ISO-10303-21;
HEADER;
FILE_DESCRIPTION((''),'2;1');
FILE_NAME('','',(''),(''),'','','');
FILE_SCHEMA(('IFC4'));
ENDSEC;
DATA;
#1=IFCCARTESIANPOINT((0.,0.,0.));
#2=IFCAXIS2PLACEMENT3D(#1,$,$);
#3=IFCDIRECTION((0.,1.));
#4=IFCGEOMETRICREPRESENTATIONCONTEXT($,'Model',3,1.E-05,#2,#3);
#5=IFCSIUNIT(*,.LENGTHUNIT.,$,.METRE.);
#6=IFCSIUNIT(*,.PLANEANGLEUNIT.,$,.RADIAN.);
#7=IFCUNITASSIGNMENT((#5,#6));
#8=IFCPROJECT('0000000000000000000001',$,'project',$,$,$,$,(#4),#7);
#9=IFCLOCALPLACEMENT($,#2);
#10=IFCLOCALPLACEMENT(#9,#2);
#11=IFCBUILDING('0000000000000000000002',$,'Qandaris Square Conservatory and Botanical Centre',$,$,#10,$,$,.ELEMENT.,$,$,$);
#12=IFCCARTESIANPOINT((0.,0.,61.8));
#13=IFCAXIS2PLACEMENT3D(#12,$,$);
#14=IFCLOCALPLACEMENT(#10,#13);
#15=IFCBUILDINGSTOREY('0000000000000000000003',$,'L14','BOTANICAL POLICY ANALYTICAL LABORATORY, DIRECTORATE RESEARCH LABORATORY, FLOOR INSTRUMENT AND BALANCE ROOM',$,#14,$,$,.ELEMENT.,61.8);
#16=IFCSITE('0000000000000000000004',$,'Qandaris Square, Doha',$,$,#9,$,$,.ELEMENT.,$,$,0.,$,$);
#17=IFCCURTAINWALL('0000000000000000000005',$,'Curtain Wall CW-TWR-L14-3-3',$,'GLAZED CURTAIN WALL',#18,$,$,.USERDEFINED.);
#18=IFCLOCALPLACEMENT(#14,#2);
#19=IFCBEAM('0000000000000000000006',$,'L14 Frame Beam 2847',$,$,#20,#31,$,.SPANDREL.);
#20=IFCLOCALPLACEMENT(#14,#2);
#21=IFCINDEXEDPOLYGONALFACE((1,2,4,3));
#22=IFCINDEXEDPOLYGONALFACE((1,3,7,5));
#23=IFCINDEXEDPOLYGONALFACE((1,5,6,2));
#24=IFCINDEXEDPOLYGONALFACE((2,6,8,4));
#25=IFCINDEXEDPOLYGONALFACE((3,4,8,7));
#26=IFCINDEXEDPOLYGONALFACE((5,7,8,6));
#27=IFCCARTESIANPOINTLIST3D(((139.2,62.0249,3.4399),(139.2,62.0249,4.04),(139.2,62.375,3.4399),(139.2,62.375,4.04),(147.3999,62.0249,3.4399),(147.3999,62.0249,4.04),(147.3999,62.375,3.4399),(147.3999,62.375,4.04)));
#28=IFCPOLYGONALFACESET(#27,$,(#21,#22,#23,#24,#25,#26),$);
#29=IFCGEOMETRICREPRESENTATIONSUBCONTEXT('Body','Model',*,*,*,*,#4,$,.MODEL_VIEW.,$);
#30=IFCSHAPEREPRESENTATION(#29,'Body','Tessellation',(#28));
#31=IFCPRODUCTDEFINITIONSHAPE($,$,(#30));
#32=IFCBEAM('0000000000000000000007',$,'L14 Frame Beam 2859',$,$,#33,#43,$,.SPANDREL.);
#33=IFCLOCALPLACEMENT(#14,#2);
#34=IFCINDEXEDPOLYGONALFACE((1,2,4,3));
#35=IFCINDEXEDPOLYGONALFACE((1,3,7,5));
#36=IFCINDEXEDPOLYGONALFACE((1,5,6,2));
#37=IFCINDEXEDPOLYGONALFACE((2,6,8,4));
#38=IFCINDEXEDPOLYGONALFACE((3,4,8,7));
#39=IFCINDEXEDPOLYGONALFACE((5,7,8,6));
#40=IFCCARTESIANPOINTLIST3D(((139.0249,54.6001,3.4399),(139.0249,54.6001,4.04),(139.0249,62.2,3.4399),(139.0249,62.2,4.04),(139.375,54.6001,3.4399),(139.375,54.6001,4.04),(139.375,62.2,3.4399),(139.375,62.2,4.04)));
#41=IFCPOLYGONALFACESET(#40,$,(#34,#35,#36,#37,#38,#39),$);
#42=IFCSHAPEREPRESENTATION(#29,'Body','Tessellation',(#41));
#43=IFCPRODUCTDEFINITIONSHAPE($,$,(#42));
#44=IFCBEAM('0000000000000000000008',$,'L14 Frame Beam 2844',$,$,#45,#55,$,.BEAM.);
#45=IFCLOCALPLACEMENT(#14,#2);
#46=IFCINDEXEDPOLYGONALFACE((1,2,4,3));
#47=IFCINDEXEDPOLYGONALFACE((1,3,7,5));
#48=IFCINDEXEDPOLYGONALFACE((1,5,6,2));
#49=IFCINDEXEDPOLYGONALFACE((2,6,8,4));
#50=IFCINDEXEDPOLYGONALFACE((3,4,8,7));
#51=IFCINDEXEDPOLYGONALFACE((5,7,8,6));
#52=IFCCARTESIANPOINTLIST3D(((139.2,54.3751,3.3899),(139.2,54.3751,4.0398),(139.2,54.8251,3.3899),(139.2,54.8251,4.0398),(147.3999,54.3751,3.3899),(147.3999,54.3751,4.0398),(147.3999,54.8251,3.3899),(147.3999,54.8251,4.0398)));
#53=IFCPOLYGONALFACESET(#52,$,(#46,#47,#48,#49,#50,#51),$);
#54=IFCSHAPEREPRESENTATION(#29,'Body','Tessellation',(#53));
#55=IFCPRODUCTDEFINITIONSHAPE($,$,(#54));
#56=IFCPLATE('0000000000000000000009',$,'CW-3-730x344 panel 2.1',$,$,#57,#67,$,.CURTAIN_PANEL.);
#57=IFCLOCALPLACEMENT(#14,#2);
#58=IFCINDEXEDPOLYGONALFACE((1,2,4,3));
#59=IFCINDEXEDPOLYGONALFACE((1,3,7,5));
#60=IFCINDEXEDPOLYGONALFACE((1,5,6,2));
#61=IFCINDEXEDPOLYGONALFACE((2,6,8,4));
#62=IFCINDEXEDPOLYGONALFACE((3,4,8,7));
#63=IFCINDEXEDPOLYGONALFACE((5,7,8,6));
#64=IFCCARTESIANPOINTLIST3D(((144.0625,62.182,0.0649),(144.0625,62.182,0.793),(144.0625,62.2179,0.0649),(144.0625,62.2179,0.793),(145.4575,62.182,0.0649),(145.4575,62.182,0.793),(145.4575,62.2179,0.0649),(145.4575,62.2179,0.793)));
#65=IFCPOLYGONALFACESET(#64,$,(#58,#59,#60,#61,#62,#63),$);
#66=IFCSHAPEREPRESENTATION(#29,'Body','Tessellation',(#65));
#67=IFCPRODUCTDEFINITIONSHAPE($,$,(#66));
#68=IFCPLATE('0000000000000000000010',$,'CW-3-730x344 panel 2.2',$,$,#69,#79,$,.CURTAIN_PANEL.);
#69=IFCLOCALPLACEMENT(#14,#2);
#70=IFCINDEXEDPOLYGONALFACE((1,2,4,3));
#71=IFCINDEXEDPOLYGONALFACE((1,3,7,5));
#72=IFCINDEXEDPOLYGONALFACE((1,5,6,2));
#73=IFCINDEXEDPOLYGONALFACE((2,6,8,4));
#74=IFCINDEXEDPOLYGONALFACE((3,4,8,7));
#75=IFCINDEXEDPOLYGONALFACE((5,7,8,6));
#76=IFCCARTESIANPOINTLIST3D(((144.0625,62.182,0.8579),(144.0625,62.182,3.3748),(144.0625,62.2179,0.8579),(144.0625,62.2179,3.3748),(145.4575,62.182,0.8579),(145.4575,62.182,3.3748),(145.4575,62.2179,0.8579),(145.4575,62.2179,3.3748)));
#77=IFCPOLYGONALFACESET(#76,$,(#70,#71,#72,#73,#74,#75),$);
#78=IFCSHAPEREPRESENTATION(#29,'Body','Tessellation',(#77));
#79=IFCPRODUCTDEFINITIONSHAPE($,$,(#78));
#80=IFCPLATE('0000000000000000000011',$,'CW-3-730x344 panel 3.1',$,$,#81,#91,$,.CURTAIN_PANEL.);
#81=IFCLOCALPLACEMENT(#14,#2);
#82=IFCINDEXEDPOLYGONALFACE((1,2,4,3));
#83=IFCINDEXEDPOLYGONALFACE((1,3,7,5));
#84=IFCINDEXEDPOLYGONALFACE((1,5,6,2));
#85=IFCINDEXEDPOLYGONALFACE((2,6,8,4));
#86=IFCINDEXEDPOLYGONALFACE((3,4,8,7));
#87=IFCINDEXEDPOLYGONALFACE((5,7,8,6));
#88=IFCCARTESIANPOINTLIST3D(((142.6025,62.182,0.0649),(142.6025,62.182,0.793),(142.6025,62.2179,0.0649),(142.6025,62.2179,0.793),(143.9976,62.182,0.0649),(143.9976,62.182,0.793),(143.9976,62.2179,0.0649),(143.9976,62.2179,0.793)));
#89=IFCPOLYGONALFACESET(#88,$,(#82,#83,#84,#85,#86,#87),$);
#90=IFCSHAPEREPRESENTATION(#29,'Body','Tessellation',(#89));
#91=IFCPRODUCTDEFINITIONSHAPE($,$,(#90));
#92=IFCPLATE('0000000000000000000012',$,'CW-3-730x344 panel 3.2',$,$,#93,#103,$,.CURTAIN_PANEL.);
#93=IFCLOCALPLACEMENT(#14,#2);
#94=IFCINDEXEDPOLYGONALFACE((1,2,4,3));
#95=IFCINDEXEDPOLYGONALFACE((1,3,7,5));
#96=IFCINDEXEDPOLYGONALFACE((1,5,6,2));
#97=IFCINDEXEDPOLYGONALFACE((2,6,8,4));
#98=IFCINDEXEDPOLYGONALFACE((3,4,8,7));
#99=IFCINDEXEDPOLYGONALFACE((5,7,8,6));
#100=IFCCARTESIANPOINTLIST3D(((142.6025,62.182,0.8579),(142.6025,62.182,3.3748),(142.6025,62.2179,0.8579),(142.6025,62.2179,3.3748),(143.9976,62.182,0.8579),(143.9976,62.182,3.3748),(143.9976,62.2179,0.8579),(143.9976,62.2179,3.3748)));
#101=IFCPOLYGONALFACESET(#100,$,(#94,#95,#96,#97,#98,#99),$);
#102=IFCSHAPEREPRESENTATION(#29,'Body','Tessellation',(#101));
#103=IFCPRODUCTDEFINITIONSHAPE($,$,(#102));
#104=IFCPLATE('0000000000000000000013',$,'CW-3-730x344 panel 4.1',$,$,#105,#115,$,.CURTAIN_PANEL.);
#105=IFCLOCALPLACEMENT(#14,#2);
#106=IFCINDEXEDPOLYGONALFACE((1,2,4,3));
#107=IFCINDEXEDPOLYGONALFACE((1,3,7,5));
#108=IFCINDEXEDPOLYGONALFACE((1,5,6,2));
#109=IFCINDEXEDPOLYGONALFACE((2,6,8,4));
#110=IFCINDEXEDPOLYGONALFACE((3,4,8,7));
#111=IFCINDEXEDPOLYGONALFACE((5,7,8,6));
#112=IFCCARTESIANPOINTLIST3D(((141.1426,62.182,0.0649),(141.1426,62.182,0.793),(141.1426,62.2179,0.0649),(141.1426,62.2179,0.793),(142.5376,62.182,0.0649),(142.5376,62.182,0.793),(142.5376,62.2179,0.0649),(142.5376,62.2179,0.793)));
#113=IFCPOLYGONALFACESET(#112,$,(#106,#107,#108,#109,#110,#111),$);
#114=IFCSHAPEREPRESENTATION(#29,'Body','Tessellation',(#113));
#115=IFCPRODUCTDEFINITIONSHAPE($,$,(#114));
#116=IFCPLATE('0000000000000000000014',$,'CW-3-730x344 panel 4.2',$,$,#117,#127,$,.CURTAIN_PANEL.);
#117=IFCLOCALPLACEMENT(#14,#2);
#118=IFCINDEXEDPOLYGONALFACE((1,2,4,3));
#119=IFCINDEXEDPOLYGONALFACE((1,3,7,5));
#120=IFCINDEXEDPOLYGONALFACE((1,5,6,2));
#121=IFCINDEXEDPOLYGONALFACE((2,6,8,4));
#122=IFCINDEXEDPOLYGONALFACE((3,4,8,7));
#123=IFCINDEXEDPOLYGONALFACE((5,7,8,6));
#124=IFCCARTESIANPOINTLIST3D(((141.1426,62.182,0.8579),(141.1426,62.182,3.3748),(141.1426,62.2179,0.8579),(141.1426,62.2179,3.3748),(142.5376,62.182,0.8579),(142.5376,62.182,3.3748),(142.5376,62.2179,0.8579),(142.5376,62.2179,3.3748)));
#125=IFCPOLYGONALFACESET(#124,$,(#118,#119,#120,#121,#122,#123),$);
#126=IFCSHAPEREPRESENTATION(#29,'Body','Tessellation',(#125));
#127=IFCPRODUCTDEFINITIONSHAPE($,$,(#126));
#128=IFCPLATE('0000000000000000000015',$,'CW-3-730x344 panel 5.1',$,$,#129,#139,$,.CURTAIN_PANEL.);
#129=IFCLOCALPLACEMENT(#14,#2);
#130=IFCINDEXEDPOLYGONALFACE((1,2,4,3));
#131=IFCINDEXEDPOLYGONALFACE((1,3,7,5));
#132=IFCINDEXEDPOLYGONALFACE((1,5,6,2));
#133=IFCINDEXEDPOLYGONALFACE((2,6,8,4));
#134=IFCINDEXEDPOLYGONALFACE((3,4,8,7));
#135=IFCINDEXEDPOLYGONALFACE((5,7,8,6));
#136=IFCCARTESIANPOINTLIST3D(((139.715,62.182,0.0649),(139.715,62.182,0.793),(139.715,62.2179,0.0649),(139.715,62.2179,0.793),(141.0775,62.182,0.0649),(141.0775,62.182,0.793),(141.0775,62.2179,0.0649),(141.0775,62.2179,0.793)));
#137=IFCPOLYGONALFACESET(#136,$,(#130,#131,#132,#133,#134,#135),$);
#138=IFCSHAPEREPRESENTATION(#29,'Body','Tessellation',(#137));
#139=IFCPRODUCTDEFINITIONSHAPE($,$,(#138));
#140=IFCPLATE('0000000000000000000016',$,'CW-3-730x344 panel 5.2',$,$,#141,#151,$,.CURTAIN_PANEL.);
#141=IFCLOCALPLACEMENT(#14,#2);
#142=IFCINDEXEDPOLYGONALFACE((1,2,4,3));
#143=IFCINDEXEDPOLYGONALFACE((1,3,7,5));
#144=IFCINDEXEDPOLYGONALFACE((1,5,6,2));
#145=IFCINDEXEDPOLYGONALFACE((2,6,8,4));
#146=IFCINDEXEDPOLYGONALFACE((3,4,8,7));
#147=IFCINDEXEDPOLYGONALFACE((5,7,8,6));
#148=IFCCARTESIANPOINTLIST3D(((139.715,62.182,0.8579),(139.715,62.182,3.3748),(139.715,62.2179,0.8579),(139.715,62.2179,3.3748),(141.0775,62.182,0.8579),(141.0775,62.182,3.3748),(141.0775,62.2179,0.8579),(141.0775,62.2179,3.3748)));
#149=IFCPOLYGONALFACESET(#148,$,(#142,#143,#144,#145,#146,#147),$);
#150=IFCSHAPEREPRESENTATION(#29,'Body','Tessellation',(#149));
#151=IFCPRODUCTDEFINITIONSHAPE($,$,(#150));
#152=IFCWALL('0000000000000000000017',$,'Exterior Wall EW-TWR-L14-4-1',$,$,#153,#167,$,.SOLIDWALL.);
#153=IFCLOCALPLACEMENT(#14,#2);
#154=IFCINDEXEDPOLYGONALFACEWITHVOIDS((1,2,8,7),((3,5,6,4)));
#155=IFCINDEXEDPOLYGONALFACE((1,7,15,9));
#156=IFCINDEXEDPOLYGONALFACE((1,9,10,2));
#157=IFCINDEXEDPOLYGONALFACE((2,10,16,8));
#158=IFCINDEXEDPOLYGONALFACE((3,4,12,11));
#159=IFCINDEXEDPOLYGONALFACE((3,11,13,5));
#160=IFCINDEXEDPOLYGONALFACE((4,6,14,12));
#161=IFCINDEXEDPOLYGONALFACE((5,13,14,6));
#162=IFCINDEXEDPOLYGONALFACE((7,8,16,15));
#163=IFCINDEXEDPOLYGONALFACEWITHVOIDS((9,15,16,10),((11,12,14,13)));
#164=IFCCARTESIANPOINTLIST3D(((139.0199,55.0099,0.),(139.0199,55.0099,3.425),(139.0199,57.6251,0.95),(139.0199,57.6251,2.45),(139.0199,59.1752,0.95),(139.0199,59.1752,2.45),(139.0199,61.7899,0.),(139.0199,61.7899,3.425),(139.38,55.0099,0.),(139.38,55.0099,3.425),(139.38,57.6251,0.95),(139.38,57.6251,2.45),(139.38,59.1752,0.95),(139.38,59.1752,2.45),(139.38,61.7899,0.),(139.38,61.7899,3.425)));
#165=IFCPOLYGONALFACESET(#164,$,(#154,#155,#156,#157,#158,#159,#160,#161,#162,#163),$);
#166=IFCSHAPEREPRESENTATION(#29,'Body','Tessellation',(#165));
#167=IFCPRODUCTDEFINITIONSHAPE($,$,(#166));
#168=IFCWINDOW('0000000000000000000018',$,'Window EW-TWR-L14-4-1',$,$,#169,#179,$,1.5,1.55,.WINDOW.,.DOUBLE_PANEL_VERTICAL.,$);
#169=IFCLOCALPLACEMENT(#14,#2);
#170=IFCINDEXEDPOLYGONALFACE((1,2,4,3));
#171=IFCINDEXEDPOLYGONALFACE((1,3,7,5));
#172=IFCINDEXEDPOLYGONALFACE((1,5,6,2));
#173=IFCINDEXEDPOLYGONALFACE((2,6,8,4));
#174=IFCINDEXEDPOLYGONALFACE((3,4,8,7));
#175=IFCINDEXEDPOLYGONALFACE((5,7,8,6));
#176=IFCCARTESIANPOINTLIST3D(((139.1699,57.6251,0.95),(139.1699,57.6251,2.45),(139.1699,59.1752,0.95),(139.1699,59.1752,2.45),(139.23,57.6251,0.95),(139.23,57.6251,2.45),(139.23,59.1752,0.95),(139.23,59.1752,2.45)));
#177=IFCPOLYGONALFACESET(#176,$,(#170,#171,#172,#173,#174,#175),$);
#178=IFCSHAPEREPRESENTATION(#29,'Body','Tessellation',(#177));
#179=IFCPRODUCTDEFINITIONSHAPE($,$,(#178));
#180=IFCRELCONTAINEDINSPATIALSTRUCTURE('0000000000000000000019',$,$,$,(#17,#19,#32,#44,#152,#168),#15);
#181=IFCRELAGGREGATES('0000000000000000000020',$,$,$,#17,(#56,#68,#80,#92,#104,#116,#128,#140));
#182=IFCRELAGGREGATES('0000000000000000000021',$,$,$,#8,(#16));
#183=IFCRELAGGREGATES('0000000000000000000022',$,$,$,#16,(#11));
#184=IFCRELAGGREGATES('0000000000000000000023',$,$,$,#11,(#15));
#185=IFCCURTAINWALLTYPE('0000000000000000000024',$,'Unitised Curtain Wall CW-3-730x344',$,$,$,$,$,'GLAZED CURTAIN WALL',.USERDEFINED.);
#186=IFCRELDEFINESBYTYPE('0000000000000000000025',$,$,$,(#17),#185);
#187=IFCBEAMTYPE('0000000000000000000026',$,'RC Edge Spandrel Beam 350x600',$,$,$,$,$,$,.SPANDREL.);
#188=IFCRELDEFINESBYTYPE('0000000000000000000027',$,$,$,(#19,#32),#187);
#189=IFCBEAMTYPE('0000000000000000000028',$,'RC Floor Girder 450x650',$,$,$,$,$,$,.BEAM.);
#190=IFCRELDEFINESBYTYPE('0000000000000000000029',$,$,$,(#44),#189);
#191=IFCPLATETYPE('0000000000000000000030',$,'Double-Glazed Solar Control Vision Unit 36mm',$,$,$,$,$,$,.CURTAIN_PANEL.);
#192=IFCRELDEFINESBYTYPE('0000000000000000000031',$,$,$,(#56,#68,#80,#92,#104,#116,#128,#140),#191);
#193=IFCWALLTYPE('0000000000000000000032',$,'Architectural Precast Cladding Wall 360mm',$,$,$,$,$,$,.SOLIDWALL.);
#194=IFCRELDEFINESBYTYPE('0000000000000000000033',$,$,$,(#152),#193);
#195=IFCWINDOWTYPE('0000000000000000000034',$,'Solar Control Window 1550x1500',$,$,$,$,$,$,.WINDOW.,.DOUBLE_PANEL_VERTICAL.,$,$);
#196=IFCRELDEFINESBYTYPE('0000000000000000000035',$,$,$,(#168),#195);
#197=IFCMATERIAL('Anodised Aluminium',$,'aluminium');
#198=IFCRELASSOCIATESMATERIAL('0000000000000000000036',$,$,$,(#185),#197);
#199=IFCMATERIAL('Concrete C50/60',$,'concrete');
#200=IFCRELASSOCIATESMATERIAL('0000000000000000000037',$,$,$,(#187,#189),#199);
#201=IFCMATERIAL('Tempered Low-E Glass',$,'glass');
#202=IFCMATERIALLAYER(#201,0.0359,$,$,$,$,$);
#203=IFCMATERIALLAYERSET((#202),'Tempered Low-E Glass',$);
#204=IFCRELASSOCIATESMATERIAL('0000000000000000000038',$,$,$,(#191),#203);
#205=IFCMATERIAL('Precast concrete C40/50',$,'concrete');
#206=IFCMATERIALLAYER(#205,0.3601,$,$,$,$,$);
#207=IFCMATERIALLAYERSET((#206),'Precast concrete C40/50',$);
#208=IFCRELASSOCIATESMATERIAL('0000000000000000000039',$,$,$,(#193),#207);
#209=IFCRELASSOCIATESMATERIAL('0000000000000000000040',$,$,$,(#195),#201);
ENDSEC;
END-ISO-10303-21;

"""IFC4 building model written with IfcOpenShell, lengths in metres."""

from ifc_helpers import new_model, si_unit, direction, frame, frame_2d, origin, origin_2d, place, context, subcontext, project, spatial, rectangle, extrude, material, layer, layer_set, material_profile, profile_set, type_object, element, fill, aggregate, save


model = new_model("IFC4")

# Units and contexts
model_context = context("Model", 3, precision=1e-05, world=origin(), true_north=direction((0.0, 1.0)))
body_context = subcontext(model_context, "Body", "Model", "MODEL_VIEW")
ifc_project = project(units=[si_unit("LENGTHUNIT", "METRE"), si_unit("PLANEANGLEUNIT", "RADIAN")], contexts=[model_context])

# Site, building, storey
site_placement = place(None, origin())
site = spatial("IfcSite", under=ifc_project, at=site_placement, Name="Qandaris Square, Doha", CompositionType="ELEMENT", RefElevation=0.0)
building_placement = place(site_placement, origin())
building = spatial("IfcBuilding", under=site, at=building_placement, Name="Qandaris Square Conservatory and Botanical Centre", CompositionType="ELEMENT")
storey_placement = place(building_placement, frame((0.0, 0.0, 61.8)))
storey = spatial("IfcBuildingStorey", under=building, at=storey_placement, Name="L14", Description="BOTANICAL POLICY ANALYTICAL LABORATORY, DIRECTORATE RESEARCH LABORATORY, FLOOR INSTRUMENT AND BALANCE ROOM", CompositionType="ELEMENT", Elevation=61.8)

# Curtain wall
ifc_material_1 = material(Name="Anodised Aluminium", Category="aluminium")
curtain_wall_type_1 = type_object("IfcCurtainWallType", Name="Unitised Curtain Wall CW-3-730x344", ElementType="GLAZED CURTAIN WALL", PredefinedType="USERDEFINED", material=ifc_material_1)
curtain_wall_1_placement = place(storey_placement, origin())
curtain_wall_1 = element("IfcCurtainWall", 1, at=curtain_wall_1_placement, inside=storey, type_object=curtain_wall_type_1, Name="Curtain Wall CW-TWR-L14-3-3", ObjectType="GLAZED CURTAIN WALL", PredefinedType="USERDEFINED")

# Beams
ifc_material_2 = material(Name="Concrete C50/60", Category="concrete")
ifc_material_profile_1 = material_profile(ifc_material_2, rectangle(XDim=0.3501, YDim=0.6001, at=origin_2d()), Name="RC-SP 350x600")
ifc_profile_set_1 = profile_set([ifc_material_profile_1], Name="Concrete C50/60")
beam_type_1 = type_object("IfcBeamType", Name="RC Edge Spandrel Beam 350x600", PredefinedType="SPANDREL", material=ifc_profile_set_1)
beam_1_placement = place(storey_placement, frame((139.2, 62.2, 3.74), z_axis=(1.0, 0.0, 0.0), x_axis=(0.0, 1.0, 0.0)))
element("IfcBeam", 2, at=beam_1_placement, inside=storey, type_object=beam_type_1, Name="L14 Frame Beam 2847", PredefinedType="SPANDREL", context=body_context, shape_type="SweptSolid", body=[
    extrude(rectangle(XDim=0.3501, YDim=0.6001, at=origin_2d()), origin(), (0.0, 0.0, 1.0), 8.2),
])
beam_2_placement = place(storey_placement, frame((139.2, 54.6001, 3.74), z_axis=(0.0, 1.0, 0.0), x_axis=(-1.0, 0.0, 0.0)))
element("IfcBeam", 3, at=beam_2_placement, inside=storey, type_object=beam_type_1, Name="L14 Frame Beam 2859", PredefinedType="SPANDREL", context=body_context, shape_type="SweptSolid", body=[
    extrude(rectangle(XDim=0.3501, YDim=0.6001, at=origin_2d()), origin(), (0.0, 0.0, 1.0), 7.5999),
])
ifc_material_profile_2 = material_profile(ifc_material_2, rectangle(XDim=0.45, YDim=0.6499, at=origin_2d()), Name="RC-BM 450x650")
ifc_profile_set_2 = profile_set([ifc_material_profile_2], Name="Concrete C50/60")
beam_type_2 = type_object("IfcBeamType", Name="RC Floor Girder 450x650", PredefinedType="BEAM", material=ifc_profile_set_2)
beam_3_placement = place(storey_placement, frame((139.2, 54.6001, 3.7148), z_axis=(1.0, 0.0, 0.0), x_axis=(0.0, 1.0, 0.0)))
element("IfcBeam", 4, at=beam_3_placement, inside=storey, type_object=beam_type_2, Name="L14 Frame Beam 2844", PredefinedType="BEAM", context=body_context, shape_type="SweptSolid", body=[
    extrude(rectangle(XDim=0.45, YDim=0.6499, at=origin_2d()), origin(), (0.0, 0.0, 1.0), 8.2),
])

# Plates
ifc_material_3 = material(Name="Tempered Low-E Glass", Category="glass")
ifc_layer_1 = layer(ifc_material_3, 0.0359)
ifc_layer_set_1 = layer_set([ifc_layer_1], Name="Tempered Low-E Glass")
plate_type = type_object("IfcPlateType", Name="Double-Glazed Solar Control Vision Unit 36mm", PredefinedType="CURTAIN_PANEL", material=ifc_layer_set_1)
plate_1_placement = place(storey_placement, frame((144.76, 62.2, 0.0649), z_axis=(0.0, 0.0, 1.0), x_axis=(-1.0, 0.0, 0.0)))
plate_1 = element("IfcPlate", 5, at=plate_1_placement, type_object=plate_type, Name="CW-3-730x344 panel 2.1", PredefinedType="CURTAIN_PANEL", context=body_context, shape_type="SweptSolid", body=[
    extrude(rectangle(XDim=1.395, YDim=0.0359, at=origin_2d()), origin(), (0.0, 0.0, 1.0), 0.728),
])
plate_2_placement = place(storey_placement, frame((144.76, 62.2, 0.8579), z_axis=(0.0, 0.0, 1.0), x_axis=(-1.0, 0.0, 0.0)))
plate_2 = element("IfcPlate", 6, at=plate_2_placement, type_object=plate_type, Name="CW-3-730x344 panel 2.2", PredefinedType="CURTAIN_PANEL", context=body_context, shape_type="SweptSolid", body=[
    extrude(rectangle(XDim=1.395, YDim=0.0359, at=origin_2d()), origin(), (0.0, 0.0, 1.0), 2.5168),
])
plate_3_placement = place(storey_placement, frame((143.3, 62.2, 0.0649), z_axis=(0.0, 0.0, 1.0), x_axis=(-1.0, 0.0, 0.0)))
plate_3 = element("IfcPlate", 7, at=plate_3_placement, type_object=plate_type, Name="CW-3-730x344 panel 3.1", PredefinedType="CURTAIN_PANEL", context=body_context, shape_type="SweptSolid", body=[
    extrude(rectangle(XDim=1.395, YDim=0.0359, at=origin_2d()), origin(), (0.0, 0.0, 1.0), 0.728),
])
plate_4_placement = place(storey_placement, frame((143.3, 62.2, 0.8579), z_axis=(0.0, 0.0, 1.0), x_axis=(-1.0, 0.0, 0.0)))
plate_4 = element("IfcPlate", 8, at=plate_4_placement, type_object=plate_type, Name="CW-3-730x344 panel 3.2", PredefinedType="CURTAIN_PANEL", context=body_context, shape_type="SweptSolid", body=[
    extrude(rectangle(XDim=1.395, YDim=0.0359, at=origin_2d()), origin(), (0.0, 0.0, 1.0), 2.5168),
])
plate_5_placement = place(storey_placement, frame((141.8401, 62.2, 0.0649), z_axis=(0.0, 0.0, 1.0), x_axis=(-1.0, 0.0, 0.0)))
plate_5 = element("IfcPlate", 9, at=plate_5_placement, type_object=plate_type, Name="CW-3-730x344 panel 4.1", PredefinedType="CURTAIN_PANEL", context=body_context, shape_type="SweptSolid", body=[
    extrude(rectangle(XDim=1.395, YDim=0.0359, at=origin_2d()), origin(), (0.0, 0.0, 1.0), 0.728),
])
plate_6_placement = place(storey_placement, frame((141.8401, 62.2, 0.8579), z_axis=(0.0, 0.0, 1.0), x_axis=(-1.0, 0.0, 0.0)))
plate_6 = element("IfcPlate", 10, at=plate_6_placement, type_object=plate_type, Name="CW-3-730x344 panel 4.2", PredefinedType="CURTAIN_PANEL", context=body_context, shape_type="SweptSolid", body=[
    extrude(rectangle(XDim=1.395, YDim=0.0359, at=origin_2d()), origin(), (0.0, 0.0, 1.0), 2.5168),
])
plate_7_placement = place(storey_placement, frame((140.3962, 62.2, 0.0649), z_axis=(0.0, 0.0, 1.0), x_axis=(-1.0, 0.0, 0.0)))
plate_7 = element("IfcPlate", 11, at=plate_7_placement, type_object=plate_type, Name="CW-3-730x344 panel 5.1", PredefinedType="CURTAIN_PANEL", context=body_context, shape_type="SweptSolid", body=[
    extrude(rectangle(XDim=1.3625, YDim=0.0359, at=origin_2d()), origin(), (0.0, 0.0, 1.0), 0.728),
])
plate_8_placement = place(storey_placement, frame((140.3962, 62.2, 0.8579), z_axis=(0.0, 0.0, 1.0), x_axis=(-1.0, 0.0, 0.0)))
plate_8 = element("IfcPlate", 12, at=plate_8_placement, type_object=plate_type, Name="CW-3-730x344 panel 5.2", PredefinedType="CURTAIN_PANEL", context=body_context, shape_type="SweptSolid", body=[
    extrude(rectangle(XDim=1.3625, YDim=0.0359, at=origin_2d()), origin(), (0.0, 0.0, 1.0), 2.5168),
])
aggregate(curtain_wall_1, [plate_1, plate_2, plate_3, plate_4, plate_5, plate_6, plate_7, plate_8])

# Wall, opening, window
ifc_material_4 = material(Name="Precast concrete C40/50", Category="concrete")
ifc_layer_2 = layer(ifc_material_4, 0.3601)
ifc_layer_set_2 = layer_set([ifc_layer_2], Name="Precast concrete C40/50")
wall_type_1 = type_object("IfcWallType", Name="Architectural Precast Cladding Wall 360mm", PredefinedType="SOLIDWALL", material=ifc_layer_set_2)
wall_1_placement = place(storey_placement, frame((139.2, 61.79, 0.0), z_axis=(0.0, 0.0, 1.0), x_axis=(0.0, -1.0, 0.0)))
wall_1 = element("IfcWall", 13, at=wall_1_placement, inside=storey, type_object=wall_type_1, Name="Exterior Wall EW-TWR-L14-4-1", PredefinedType="SOLIDWALL", context=body_context, shape_type="SweptSolid", body=[
    extrude(rectangle(XDim=6.78, YDim=0.3601, at=frame_2d((3.3901, 0.0))), origin(), (0.0, 0.0, 1.0), 3.425),
])
opening_placement = place(wall_1_placement, frame((2.615, 0.0, 0.95)))
opening = element("IfcOpeningElement", 14, at=opening_placement, cuts=wall_1, PredefinedType="OPENING", context=body_context, shape_type="SweptSolid", body=[
    extrude(rectangle(XDim=1.55, YDim=1.5, at=frame_2d((0.7749, 0.75))), frame((0.0, 0.1919, 0.0), z_axis=(0.0, -1.0, 0.0), x_axis=(1.0, 0.0, 0.0)), (0.0, 0.0, 1.0), 0.384),
])
window_type = type_object("IfcWindowType", Name="Solar Control Window 1550x1500", PartitioningType="DOUBLE_PANEL_VERTICAL", PredefinedType="WINDOW", material=ifc_material_3)
window_placement = place(opening_placement, origin())
window = element("IfcWindow", 15, at=window_placement, inside=storey, type_object=window_type, Name="Window EW-TWR-L14-4-1", OverallHeight=1.5, OverallWidth=1.55, PartitioningType="DOUBLE_PANEL_VERTICAL", PredefinedType="WINDOW", context=body_context, shape_type="SweptSolid", body=[
    extrude(rectangle(XDim=1.55, YDim=1.5, at=frame_2d((0.7749, 0.75))), frame((0.0, 0.03, 0.0), z_axis=(0.0, -1.0, 0.0), x_axis=(1.0, 0.0, 0.0)), (0.0, 0.0, 1.0), 0.0601),
])
fill(opening, window)

save(model, "model.ifc")
